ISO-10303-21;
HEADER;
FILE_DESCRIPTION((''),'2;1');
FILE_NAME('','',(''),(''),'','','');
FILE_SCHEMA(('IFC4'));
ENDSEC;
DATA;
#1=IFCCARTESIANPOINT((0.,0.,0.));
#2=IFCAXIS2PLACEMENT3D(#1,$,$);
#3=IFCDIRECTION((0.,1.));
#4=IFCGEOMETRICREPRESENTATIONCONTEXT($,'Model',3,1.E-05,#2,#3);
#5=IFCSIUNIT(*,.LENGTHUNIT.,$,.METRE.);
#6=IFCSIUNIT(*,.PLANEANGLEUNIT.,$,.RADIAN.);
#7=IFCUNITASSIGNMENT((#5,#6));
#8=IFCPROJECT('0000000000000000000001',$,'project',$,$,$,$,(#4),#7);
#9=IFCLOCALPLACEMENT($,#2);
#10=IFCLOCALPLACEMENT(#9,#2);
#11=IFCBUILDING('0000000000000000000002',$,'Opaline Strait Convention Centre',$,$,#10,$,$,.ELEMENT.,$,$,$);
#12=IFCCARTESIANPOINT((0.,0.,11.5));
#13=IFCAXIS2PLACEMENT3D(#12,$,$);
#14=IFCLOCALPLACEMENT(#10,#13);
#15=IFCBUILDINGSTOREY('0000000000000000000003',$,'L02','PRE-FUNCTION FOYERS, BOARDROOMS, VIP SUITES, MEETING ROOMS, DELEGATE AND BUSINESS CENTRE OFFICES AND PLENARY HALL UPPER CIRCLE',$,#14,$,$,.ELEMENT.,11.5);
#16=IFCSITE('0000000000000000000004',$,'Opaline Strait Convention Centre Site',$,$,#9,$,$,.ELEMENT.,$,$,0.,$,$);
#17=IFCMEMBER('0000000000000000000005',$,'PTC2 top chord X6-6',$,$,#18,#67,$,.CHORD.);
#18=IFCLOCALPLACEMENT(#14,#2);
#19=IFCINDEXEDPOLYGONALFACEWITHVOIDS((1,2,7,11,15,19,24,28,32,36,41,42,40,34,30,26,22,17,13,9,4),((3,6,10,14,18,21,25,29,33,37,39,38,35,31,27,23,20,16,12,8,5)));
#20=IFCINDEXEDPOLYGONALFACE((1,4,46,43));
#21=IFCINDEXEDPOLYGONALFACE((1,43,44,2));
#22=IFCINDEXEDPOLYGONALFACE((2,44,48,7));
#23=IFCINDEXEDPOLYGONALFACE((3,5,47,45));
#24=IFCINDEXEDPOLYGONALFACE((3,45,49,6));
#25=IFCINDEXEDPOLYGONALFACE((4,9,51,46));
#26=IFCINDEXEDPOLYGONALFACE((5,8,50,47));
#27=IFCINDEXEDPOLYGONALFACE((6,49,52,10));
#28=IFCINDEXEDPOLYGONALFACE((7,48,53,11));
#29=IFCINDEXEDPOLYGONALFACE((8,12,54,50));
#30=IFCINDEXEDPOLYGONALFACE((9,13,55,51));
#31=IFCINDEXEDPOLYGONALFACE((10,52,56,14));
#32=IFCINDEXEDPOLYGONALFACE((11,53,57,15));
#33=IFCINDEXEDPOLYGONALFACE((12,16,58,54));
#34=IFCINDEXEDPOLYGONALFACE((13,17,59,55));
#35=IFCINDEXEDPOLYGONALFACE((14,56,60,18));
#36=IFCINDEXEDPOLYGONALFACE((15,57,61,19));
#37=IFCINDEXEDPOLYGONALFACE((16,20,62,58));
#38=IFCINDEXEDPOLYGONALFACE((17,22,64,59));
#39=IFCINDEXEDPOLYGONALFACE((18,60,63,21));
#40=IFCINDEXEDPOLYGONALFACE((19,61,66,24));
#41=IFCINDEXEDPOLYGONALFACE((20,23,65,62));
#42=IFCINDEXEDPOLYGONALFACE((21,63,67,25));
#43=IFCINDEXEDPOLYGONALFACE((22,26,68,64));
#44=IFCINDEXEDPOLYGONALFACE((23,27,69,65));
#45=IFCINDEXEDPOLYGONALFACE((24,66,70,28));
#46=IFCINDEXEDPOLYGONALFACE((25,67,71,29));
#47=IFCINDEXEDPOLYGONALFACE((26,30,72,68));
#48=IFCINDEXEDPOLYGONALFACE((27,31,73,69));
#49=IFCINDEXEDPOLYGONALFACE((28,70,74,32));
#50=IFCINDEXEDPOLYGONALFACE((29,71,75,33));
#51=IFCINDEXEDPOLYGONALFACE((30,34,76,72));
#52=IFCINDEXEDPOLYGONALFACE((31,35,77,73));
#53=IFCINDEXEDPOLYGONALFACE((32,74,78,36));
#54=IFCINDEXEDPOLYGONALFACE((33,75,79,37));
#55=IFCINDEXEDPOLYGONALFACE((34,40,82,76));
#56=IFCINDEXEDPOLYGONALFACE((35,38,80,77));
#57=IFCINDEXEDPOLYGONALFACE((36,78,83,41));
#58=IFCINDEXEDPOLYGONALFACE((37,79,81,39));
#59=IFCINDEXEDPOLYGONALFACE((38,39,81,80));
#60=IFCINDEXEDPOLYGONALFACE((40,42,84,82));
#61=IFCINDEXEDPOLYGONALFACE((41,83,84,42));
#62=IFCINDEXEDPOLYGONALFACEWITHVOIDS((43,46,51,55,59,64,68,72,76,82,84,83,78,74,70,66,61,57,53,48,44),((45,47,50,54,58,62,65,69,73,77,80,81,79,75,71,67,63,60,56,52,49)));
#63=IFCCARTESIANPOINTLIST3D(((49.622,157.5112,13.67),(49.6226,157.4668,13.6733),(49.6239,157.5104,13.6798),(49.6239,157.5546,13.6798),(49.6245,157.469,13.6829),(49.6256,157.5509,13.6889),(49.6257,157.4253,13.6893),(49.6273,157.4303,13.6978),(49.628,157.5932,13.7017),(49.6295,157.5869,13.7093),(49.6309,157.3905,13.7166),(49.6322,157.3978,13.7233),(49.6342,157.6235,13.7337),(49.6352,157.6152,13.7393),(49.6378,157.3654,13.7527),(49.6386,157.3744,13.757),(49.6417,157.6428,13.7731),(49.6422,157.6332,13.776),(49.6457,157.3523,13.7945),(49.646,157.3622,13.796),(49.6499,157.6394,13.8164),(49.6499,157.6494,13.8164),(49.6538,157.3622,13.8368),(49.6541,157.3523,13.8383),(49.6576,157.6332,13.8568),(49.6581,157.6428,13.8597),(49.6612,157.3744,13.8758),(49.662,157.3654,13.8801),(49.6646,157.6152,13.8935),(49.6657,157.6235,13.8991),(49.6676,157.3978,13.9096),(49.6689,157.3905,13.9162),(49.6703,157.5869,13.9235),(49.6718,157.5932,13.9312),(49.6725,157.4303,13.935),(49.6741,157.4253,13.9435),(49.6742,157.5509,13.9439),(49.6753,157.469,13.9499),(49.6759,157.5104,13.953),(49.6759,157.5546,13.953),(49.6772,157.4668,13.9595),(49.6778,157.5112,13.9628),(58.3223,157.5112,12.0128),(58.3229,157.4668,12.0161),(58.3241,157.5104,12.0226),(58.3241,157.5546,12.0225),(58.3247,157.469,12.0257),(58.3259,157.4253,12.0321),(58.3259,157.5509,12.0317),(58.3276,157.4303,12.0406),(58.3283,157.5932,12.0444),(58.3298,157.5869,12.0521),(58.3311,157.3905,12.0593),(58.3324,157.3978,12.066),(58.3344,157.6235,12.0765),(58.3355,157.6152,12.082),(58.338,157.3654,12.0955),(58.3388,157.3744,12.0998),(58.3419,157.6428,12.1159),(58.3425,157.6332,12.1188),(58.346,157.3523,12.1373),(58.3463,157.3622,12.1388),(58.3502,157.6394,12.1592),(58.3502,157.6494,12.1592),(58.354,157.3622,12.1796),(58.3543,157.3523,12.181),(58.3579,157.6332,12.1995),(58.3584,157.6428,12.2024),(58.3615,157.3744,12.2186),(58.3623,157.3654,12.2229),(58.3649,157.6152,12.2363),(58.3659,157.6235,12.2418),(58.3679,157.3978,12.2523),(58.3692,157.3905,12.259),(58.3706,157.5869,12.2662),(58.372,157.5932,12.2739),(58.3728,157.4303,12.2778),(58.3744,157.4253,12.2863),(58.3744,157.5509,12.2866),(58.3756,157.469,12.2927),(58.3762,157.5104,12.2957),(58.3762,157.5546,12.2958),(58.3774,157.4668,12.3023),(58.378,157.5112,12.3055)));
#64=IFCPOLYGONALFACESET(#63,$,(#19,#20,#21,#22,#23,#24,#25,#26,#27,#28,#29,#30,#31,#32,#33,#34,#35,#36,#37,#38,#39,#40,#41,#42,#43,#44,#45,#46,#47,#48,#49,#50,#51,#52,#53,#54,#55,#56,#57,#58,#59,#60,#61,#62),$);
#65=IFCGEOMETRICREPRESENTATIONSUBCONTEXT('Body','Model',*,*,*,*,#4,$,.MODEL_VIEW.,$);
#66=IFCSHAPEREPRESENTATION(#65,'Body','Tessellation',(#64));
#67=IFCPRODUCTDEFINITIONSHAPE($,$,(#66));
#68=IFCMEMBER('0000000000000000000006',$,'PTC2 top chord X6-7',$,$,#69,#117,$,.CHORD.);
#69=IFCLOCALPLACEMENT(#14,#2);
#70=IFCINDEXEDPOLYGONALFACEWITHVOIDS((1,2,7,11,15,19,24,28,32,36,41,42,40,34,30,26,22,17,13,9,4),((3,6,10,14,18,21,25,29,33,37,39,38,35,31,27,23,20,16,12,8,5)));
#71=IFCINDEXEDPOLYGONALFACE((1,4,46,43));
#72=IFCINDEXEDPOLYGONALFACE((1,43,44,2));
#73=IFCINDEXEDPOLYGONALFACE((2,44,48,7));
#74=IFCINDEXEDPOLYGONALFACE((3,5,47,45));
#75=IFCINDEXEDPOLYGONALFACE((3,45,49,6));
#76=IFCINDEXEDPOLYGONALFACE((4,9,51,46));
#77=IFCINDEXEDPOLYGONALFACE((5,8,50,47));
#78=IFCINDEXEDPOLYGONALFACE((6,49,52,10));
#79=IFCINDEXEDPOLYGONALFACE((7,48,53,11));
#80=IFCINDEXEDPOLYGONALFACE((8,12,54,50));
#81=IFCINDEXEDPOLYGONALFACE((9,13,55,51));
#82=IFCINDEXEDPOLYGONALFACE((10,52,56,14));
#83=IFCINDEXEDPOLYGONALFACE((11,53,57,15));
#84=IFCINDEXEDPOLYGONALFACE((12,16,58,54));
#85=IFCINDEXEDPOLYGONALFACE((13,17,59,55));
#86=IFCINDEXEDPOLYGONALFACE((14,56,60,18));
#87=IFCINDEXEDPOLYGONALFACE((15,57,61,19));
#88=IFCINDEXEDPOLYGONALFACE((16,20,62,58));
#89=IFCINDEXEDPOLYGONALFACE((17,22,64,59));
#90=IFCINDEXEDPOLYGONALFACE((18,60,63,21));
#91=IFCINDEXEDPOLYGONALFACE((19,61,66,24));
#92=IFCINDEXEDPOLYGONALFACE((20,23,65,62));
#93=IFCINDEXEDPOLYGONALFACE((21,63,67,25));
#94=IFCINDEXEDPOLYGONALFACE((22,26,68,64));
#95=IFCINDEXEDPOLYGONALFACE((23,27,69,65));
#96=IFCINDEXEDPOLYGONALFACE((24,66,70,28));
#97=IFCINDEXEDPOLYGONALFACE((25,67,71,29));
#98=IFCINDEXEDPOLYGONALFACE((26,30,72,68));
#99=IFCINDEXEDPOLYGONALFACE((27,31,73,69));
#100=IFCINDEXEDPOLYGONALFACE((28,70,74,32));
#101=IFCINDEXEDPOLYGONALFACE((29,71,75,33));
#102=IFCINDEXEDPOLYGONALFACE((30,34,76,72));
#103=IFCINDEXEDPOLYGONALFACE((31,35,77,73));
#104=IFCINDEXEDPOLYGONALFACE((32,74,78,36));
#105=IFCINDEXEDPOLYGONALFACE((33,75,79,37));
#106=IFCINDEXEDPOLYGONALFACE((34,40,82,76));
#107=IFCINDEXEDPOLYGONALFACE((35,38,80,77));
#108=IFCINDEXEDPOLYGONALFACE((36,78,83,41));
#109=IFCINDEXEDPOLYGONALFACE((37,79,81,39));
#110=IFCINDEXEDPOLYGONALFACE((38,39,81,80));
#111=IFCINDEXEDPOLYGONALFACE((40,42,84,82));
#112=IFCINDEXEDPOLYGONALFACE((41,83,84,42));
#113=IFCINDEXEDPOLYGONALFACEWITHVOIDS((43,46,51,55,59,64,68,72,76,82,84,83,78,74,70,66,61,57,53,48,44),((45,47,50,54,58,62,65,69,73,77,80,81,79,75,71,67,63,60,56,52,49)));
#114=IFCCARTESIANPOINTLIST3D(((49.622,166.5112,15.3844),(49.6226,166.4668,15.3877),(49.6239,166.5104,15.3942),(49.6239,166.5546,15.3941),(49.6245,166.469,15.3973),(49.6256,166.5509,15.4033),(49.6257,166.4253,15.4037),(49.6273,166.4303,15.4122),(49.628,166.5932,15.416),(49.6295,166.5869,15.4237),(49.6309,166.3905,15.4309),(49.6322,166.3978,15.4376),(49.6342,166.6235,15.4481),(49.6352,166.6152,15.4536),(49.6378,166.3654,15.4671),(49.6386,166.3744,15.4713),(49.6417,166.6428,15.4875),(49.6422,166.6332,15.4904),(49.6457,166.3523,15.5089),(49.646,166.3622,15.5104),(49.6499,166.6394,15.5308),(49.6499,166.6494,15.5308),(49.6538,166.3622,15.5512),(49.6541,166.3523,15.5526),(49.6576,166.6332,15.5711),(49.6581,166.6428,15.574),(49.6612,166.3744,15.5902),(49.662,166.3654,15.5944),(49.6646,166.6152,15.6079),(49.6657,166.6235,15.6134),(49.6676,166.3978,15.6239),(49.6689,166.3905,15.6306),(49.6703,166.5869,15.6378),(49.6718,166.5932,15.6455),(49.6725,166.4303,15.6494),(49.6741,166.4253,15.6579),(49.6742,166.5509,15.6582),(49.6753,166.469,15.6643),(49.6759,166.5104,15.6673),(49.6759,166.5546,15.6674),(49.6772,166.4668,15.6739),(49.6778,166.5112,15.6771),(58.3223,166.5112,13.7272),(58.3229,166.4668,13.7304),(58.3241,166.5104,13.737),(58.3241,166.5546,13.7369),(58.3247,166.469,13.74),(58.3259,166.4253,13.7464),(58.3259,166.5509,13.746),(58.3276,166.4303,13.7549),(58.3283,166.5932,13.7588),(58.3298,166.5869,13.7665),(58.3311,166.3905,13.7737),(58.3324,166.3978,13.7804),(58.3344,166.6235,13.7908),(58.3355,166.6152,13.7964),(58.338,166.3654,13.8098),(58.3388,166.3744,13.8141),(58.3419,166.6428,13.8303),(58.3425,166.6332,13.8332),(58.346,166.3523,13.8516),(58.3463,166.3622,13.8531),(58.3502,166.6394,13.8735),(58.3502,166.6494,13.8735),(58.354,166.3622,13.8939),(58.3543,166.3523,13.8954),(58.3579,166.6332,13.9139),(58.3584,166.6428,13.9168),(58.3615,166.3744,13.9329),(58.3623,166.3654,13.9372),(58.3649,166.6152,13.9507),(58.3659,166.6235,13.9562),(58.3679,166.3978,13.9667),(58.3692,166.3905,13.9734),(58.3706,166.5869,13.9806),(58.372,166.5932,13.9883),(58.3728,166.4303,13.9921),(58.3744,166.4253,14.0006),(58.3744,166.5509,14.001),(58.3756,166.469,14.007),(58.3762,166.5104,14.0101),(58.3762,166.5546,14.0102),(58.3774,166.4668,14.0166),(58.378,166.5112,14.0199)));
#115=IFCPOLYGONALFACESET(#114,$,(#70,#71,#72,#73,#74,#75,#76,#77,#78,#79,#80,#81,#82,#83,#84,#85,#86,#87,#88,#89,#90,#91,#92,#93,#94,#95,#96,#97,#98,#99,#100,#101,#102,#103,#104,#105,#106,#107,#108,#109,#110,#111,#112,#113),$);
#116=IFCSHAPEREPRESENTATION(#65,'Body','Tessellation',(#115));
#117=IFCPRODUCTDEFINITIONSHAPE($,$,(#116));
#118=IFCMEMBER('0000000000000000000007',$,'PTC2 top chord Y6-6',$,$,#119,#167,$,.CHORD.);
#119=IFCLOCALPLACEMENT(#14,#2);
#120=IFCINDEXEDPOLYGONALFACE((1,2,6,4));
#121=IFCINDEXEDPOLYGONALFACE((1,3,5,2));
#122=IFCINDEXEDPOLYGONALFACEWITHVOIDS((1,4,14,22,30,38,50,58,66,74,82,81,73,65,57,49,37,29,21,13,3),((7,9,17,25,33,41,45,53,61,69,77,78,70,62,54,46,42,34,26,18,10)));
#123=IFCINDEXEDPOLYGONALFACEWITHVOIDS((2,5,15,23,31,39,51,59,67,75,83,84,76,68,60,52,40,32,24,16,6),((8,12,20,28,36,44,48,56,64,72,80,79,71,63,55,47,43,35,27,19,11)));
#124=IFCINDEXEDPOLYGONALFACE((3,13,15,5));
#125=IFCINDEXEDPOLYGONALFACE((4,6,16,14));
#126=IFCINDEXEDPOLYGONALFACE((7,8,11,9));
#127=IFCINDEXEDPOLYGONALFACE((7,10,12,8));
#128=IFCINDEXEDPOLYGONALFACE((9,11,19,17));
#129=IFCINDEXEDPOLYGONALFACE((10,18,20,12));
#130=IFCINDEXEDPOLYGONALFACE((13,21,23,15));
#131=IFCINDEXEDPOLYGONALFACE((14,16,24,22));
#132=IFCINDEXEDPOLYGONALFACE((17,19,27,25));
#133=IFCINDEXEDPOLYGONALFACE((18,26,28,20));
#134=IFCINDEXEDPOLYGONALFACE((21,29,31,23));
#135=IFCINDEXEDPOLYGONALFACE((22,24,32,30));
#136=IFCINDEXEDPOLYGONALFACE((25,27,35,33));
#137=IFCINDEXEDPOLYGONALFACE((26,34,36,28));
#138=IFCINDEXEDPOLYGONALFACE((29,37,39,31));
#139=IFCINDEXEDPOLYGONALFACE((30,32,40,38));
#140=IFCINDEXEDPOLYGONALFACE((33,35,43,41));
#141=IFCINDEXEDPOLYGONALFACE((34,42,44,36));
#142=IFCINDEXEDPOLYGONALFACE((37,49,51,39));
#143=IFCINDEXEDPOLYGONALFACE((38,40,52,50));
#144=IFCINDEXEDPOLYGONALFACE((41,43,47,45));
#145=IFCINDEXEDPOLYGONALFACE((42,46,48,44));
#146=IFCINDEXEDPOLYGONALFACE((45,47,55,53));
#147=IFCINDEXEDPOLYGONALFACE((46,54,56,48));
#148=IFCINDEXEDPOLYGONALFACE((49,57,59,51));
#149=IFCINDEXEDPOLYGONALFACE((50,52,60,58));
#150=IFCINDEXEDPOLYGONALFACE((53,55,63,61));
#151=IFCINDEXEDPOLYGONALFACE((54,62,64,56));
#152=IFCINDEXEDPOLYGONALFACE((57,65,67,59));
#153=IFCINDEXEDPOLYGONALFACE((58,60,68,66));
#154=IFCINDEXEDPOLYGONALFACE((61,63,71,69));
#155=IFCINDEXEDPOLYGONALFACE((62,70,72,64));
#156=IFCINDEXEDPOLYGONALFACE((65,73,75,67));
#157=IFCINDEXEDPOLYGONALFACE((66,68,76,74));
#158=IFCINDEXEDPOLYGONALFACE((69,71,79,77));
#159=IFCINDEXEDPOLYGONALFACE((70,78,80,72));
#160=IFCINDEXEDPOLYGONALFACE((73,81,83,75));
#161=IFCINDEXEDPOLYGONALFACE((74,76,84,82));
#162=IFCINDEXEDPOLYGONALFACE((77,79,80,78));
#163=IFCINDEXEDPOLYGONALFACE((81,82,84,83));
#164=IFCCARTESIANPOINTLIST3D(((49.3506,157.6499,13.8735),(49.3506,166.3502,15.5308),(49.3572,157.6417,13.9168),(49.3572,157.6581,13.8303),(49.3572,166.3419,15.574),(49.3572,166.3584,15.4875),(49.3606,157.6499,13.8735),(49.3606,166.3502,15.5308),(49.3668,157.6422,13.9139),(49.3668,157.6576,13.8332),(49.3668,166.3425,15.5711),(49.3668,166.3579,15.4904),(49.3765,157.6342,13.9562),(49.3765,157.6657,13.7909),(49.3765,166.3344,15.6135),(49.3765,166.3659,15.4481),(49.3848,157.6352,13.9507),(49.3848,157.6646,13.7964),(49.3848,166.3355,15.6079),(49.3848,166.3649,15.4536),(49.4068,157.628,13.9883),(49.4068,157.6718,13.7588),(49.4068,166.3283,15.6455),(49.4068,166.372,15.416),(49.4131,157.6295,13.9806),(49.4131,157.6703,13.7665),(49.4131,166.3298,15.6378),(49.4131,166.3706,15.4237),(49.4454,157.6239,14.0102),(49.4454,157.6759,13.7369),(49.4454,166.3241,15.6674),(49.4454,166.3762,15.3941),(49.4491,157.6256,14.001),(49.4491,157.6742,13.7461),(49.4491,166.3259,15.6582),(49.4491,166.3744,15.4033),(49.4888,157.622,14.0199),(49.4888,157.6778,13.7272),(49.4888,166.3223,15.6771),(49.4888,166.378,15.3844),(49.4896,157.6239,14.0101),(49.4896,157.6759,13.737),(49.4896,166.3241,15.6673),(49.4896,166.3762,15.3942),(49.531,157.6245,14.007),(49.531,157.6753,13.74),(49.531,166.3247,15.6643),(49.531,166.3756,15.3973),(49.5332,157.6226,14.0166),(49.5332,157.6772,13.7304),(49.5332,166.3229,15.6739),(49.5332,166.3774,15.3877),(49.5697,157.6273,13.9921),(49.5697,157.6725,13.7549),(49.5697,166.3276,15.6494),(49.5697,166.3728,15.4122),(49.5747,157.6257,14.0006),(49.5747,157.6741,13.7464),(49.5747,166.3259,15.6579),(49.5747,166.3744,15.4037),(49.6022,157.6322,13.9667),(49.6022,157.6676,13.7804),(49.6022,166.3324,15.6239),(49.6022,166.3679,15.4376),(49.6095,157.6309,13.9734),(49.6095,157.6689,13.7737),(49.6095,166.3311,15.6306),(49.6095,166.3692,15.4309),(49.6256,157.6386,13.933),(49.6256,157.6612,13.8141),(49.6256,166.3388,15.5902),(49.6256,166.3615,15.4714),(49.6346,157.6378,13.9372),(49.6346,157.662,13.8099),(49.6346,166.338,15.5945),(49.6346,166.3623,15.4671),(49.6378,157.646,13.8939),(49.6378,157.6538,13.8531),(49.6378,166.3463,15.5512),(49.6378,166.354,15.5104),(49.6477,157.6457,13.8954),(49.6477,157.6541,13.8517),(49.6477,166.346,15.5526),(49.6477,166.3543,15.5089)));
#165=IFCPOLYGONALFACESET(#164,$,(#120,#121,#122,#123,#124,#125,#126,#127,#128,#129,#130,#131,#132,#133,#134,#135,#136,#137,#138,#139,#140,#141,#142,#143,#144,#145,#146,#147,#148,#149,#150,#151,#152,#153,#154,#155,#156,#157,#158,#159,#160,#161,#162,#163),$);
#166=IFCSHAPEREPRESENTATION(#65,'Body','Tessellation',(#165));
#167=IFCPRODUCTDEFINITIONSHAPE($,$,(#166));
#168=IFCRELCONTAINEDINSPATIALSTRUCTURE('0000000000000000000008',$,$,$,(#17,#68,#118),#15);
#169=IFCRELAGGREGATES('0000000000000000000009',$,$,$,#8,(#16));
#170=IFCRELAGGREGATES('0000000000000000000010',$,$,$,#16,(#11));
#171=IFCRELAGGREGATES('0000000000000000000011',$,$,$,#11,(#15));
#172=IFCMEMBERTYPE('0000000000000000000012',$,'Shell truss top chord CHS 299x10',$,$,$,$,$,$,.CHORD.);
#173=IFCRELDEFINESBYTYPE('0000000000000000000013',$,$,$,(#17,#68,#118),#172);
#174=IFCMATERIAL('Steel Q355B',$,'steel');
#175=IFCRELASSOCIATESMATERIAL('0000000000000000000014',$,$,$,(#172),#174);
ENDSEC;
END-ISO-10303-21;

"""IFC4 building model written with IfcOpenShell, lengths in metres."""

from ifc_helpers import new_model, si_unit, direction, frame, origin, origin_2d, place, context, subcontext, project, spatial, hollow_circle, extrude, material, material_profile, profile_set, type_object, element, save


model = new_model("IFC4")

# Units and contexts
model_context = context("Model", 3, precision=1e-05, world=origin(), true_north=direction((0.0, 1.0)))
body_context = subcontext(model_context, "Body", "Model", "MODEL_VIEW")
ifc_project = project(units=[si_unit("LENGTHUNIT", "METRE"), si_unit("PLANEANGLEUNIT", "RADIAN")], contexts=[model_context])

# Site, building, storey
site_placement = place(None, origin())
site = spatial("IfcSite", under=ifc_project, at=site_placement, Name="Opaline Strait Convention Centre Site", CompositionType="ELEMENT", RefElevation=0.0)
building_placement = place(site_placement, origin())
building = spatial("IfcBuilding", under=site, at=building_placement, Name="Opaline Strait Convention Centre", CompositionType="ELEMENT")
storey_placement = place(building_placement, frame((0.0, 0.0, 11.5)))
storey = spatial("IfcBuildingStorey", under=building, at=storey_placement, Name="L02", Description="PRE-FUNCTION FOYERS, BOARDROOMS, VIP SUITES, MEETING ROOMS, DELEGATE AND BUSINESS CENTRE OFFICES AND PLENARY HALL UPPER CIRCLE", CompositionType="ELEMENT", Elevation=11.5)

# Members
ifc_material_1 = material(Name="Steel Q355B", Category="steel")
ifc_material_profile_1 = material_profile(ifc_material_1, hollow_circle(Radius=0.1494, WallThickness=0.01, at=origin_2d()), Name="CHS 299x10")
ifc_profile_set_1 = profile_set([ifc_material_profile_1], Name="Steel Q355B")
member_type_1 = type_object("IfcMemberType", Name="Shell truss top chord CHS 299x10", PredefinedType="CHORD", material=ifc_profile_set_1)
for number, where, z_axis, x_axis, name in (
    (1, (49.6499, 157.5, 13.8164), (0.982338, 0.0, -0.187117), (0.0, 1.0, 0.0), "PTC2 top chord X6-6"),
    (2, (49.6499, 166.5, 15.5308), (0.982338, 0.0, -0.187117), (0.0, 1.0, 0.0), "PTC2 top chord X6-7"),
    (3, (49.5, 157.6499, 13.8735), (0.0, 0.982338, 0.187117), (-1.0, 0.0, 0.0), "PTC2 top chord Y6-6"),
):
    element("IfcMember", number, at=place(storey_placement, frame(where, z_axis=z_axis, x_axis=x_axis)), inside=storey, type_object=member_type_1, Name=name, PredefinedType="CHORD", context=body_context, shape_type="SweptSolid", body=[
        extrude(hollow_circle(Radius=0.1494, WallThickness=0.01, at=origin_2d()), origin(), (0.0, 0.0, 1.0), 8.8567),
    ])

save(model, "model.ifc")
